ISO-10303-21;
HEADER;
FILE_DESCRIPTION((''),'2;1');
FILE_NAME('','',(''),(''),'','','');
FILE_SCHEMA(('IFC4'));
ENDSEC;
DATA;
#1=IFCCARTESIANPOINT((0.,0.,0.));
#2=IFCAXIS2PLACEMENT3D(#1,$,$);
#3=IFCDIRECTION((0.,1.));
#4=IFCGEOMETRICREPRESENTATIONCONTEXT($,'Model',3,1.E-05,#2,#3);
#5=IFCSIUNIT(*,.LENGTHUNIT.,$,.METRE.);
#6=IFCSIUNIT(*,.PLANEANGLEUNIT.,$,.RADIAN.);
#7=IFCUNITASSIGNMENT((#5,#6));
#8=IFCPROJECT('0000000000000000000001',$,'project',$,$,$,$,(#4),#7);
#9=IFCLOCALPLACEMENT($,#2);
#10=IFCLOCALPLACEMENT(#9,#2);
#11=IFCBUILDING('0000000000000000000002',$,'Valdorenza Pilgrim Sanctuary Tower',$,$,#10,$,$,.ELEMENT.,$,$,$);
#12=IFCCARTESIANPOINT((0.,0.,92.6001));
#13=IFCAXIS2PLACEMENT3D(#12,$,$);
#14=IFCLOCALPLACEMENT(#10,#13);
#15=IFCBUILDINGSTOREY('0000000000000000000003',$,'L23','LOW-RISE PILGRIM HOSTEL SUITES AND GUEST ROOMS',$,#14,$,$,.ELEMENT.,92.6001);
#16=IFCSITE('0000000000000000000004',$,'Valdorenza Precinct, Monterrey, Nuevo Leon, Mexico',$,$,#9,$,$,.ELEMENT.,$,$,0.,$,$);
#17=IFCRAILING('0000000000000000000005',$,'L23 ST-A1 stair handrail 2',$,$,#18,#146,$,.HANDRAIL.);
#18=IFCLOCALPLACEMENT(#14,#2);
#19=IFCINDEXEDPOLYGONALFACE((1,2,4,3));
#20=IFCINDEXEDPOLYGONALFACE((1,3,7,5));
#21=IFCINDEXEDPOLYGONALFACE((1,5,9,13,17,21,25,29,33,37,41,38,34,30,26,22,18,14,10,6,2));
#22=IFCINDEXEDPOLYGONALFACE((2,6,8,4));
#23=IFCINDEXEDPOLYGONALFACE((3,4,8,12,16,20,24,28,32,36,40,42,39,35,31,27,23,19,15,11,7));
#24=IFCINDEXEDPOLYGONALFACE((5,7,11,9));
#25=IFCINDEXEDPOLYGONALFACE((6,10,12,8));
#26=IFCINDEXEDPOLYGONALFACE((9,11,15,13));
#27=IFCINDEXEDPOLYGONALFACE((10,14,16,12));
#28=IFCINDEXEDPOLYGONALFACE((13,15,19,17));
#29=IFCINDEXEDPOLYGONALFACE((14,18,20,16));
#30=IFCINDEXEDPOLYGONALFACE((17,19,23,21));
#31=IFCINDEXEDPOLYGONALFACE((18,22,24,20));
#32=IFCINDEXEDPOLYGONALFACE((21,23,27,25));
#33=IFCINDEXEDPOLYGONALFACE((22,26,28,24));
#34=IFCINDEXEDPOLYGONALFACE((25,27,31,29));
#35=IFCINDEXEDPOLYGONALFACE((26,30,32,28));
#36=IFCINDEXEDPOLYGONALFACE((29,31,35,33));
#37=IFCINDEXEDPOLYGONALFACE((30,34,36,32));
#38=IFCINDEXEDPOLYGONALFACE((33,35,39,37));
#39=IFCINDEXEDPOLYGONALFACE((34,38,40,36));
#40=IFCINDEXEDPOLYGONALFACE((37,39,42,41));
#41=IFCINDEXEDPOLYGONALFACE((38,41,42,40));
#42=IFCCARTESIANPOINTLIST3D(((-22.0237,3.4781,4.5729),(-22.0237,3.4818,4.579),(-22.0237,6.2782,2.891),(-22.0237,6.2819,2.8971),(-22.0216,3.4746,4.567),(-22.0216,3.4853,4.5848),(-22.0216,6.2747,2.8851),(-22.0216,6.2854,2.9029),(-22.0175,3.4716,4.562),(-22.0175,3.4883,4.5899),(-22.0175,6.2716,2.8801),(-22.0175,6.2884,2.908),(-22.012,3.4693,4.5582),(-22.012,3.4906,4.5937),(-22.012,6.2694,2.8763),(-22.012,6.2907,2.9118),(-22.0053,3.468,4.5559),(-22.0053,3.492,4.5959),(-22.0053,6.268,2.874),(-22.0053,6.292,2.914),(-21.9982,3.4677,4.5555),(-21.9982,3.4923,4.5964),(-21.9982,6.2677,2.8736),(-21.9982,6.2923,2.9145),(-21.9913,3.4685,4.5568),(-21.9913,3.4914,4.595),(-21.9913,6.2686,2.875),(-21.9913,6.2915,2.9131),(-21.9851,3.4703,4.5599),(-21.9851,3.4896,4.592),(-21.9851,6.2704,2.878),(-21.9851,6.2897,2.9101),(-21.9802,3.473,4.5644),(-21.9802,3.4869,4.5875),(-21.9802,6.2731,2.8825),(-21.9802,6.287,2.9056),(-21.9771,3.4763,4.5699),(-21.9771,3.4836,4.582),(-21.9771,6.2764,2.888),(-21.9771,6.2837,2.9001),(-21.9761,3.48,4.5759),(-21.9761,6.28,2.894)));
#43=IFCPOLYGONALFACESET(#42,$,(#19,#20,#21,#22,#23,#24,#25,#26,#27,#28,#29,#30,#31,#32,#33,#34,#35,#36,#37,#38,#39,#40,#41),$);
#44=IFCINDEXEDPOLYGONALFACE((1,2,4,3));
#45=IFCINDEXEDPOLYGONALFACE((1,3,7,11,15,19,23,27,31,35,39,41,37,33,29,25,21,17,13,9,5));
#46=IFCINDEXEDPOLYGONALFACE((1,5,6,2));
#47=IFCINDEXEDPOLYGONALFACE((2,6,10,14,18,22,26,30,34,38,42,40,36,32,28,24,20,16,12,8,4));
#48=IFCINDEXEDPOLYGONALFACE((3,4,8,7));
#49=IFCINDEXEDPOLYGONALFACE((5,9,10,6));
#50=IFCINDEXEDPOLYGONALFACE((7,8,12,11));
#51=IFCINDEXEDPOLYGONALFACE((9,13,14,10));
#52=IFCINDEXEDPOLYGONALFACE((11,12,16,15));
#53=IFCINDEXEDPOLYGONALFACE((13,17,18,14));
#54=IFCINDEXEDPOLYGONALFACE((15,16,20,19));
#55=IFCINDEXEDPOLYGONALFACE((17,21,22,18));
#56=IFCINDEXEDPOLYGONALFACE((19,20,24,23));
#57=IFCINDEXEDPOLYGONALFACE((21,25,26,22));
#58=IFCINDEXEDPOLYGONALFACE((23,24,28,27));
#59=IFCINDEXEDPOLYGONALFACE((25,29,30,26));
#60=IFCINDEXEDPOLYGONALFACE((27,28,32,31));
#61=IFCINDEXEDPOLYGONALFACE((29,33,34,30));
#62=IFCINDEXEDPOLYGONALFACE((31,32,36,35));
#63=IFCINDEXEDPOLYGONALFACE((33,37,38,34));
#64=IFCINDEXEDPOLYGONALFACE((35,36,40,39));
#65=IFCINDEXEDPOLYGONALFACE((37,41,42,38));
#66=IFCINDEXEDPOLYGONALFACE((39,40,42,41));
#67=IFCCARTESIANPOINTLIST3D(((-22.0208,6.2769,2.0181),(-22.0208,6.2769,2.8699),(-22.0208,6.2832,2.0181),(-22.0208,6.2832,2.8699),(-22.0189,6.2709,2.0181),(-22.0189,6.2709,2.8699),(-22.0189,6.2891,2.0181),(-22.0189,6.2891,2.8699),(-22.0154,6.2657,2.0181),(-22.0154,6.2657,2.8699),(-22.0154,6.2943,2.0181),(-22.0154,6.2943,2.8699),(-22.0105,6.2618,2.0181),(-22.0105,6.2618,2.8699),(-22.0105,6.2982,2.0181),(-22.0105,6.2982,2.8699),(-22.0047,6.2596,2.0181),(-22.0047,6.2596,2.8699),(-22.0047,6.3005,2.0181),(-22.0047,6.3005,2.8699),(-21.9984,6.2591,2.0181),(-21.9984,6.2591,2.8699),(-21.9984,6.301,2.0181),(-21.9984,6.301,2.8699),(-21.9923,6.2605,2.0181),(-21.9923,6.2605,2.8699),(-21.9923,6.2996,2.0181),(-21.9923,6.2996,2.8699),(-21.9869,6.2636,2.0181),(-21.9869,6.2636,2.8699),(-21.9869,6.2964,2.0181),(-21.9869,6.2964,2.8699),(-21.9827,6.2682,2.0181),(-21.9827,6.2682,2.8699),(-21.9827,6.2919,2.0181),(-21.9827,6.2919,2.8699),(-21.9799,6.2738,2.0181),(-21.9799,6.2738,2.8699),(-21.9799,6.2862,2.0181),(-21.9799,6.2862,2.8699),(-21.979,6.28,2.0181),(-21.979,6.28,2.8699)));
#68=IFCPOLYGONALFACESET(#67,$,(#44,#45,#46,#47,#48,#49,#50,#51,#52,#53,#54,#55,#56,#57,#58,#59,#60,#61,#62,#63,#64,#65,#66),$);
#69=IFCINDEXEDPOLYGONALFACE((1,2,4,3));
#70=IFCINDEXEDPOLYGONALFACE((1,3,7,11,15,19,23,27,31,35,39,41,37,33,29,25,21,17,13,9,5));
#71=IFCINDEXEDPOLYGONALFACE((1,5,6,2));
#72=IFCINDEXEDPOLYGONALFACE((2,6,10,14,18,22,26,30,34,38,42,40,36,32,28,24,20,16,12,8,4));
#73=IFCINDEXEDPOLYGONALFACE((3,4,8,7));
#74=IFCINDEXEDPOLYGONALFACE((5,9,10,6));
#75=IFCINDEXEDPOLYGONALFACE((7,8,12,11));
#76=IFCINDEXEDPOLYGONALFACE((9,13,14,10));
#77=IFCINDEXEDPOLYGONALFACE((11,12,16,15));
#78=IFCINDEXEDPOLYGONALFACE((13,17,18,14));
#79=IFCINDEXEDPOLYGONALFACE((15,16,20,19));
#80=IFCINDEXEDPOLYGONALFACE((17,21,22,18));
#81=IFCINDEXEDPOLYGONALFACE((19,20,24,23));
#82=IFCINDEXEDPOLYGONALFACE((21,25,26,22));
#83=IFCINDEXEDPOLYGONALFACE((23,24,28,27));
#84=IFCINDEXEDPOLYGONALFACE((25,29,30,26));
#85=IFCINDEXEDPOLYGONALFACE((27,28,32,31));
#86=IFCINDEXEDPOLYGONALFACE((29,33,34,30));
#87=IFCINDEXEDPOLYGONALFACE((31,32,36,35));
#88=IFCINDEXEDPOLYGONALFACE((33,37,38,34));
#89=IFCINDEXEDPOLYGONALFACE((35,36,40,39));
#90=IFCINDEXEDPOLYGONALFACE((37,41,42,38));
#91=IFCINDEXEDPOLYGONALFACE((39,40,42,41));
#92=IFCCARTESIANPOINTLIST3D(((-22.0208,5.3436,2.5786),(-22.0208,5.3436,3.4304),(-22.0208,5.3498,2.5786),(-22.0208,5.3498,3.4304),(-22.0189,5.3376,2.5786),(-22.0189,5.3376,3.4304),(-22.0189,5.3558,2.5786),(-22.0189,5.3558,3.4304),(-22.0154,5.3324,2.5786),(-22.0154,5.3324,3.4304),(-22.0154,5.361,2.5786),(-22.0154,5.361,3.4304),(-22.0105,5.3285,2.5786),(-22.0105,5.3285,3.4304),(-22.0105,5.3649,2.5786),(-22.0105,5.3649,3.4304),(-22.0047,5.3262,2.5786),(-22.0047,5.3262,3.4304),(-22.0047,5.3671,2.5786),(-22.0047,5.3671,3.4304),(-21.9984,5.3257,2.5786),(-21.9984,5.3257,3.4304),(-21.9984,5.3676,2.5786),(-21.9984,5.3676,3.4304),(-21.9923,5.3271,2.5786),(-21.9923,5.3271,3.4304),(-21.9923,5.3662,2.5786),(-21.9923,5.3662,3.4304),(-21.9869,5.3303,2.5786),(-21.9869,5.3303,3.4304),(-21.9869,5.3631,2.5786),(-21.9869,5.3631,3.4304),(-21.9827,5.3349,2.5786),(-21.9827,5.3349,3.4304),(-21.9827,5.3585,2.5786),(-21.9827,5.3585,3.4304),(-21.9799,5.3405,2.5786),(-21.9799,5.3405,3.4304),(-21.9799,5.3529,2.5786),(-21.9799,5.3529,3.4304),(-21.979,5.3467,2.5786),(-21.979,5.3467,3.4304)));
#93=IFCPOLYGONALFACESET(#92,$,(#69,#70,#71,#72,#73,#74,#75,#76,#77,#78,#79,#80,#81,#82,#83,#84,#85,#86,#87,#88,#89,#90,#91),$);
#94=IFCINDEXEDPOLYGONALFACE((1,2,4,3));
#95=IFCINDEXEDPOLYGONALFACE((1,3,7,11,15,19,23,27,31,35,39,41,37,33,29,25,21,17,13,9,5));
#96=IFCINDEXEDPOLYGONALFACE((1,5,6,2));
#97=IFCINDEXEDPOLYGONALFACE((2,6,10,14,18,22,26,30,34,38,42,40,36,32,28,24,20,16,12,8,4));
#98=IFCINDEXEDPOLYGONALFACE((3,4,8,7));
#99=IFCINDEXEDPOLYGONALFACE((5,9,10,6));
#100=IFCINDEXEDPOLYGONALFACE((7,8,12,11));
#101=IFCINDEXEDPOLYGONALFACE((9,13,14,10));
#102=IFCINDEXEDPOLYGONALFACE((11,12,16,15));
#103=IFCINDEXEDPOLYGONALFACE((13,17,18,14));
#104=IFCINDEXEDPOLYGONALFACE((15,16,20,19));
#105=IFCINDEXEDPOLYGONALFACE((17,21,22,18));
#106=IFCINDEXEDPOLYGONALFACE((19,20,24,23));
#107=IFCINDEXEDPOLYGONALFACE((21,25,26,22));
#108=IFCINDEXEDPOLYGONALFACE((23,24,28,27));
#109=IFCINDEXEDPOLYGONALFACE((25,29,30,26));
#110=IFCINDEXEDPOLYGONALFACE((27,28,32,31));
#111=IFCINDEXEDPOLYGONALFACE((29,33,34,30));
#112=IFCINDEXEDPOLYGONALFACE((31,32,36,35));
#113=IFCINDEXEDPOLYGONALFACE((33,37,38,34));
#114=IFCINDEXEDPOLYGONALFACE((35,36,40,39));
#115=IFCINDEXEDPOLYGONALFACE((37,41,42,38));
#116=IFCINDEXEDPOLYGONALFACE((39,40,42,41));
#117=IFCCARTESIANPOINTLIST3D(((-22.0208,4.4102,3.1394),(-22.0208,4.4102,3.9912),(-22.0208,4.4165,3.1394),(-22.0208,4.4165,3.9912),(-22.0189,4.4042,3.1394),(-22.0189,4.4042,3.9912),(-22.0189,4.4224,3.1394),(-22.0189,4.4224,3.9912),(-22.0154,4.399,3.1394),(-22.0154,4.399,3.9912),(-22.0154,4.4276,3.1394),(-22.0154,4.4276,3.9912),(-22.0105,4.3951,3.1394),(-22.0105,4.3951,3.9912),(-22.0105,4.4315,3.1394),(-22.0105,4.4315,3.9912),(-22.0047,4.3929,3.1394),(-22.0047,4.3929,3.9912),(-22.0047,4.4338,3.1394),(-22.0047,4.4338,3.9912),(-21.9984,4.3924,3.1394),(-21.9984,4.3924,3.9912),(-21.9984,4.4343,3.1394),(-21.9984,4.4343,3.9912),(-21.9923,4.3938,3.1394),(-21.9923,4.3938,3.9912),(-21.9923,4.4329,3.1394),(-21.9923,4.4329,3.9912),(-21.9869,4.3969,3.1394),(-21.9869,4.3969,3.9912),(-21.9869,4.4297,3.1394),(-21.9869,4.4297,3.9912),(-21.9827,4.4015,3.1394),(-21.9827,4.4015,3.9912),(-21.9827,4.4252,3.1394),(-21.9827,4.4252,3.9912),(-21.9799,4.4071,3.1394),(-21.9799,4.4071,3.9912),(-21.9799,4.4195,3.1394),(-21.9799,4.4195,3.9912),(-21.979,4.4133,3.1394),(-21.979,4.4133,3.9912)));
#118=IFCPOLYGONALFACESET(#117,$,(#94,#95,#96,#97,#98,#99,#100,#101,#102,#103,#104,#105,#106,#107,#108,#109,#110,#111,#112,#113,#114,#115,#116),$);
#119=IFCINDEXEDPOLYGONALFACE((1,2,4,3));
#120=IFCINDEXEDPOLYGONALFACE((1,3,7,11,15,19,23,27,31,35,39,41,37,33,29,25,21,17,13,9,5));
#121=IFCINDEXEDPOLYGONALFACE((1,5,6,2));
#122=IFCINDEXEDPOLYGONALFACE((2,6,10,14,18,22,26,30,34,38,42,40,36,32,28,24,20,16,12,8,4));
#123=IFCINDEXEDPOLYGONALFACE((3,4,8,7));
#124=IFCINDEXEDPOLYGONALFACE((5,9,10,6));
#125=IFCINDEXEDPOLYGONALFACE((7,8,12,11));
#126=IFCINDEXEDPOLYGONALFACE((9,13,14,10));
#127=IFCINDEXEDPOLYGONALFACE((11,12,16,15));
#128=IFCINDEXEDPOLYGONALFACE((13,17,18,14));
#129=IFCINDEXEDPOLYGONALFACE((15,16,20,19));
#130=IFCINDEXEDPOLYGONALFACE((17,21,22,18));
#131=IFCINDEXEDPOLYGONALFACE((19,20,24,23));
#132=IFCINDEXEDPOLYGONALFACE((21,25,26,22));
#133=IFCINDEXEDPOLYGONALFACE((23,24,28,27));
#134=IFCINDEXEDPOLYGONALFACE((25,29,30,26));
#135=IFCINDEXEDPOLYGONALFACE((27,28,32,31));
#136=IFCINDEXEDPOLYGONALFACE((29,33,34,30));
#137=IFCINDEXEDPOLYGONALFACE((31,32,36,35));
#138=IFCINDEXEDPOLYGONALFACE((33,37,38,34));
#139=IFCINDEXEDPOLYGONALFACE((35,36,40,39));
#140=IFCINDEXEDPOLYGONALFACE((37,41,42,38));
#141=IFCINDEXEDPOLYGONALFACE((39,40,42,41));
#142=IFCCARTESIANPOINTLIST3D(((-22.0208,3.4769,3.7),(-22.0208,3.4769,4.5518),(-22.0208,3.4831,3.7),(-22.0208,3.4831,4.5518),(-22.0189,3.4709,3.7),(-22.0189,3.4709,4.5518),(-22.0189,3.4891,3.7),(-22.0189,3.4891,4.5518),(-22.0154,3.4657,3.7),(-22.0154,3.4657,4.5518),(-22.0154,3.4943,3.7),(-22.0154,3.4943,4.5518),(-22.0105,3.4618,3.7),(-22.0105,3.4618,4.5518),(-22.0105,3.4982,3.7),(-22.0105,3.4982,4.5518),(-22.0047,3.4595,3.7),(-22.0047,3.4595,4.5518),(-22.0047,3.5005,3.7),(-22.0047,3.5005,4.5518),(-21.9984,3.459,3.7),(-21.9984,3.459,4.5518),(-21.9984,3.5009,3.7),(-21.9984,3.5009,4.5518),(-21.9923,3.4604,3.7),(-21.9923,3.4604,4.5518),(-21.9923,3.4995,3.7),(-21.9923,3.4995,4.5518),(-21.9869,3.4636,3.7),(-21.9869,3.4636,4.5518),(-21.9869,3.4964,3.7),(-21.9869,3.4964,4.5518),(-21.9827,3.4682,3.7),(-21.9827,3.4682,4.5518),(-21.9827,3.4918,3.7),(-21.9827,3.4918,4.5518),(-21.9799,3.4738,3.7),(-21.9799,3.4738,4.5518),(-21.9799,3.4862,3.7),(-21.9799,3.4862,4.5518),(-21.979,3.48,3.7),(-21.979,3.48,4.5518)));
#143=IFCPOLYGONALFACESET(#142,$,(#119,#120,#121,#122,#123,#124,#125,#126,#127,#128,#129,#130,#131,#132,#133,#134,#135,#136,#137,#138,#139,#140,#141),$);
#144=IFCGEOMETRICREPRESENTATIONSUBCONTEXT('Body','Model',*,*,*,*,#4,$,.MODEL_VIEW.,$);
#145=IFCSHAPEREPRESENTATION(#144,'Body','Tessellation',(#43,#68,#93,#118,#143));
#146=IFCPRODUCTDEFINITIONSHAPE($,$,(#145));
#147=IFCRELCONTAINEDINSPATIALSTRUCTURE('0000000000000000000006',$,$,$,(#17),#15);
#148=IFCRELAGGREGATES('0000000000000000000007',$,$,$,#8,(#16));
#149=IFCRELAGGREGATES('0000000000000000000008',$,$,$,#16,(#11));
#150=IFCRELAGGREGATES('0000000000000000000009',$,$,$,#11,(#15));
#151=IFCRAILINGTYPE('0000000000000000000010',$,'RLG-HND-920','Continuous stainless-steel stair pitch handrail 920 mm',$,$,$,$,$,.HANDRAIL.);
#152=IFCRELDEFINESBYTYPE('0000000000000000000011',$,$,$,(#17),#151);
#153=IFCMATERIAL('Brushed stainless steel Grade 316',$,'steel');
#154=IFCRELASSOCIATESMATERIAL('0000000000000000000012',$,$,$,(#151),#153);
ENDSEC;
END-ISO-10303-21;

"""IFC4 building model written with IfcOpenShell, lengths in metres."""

from ifc_helpers import new_model, si_unit, direction, frame, origin, origin_2d, place, context, subcontext, project, spatial, circle, extrude, material, type_object, element, save


model = new_model("IFC4")

# Units and contexts
model_context = context("Model", 3, precision=1e-05, world=origin(), true_north=direction((0.0, 1.0)))
body_context = subcontext(model_context, "Body", "Model", "MODEL_VIEW")
ifc_project = project(units=[si_unit("LENGTHUNIT", "METRE"), si_unit("PLANEANGLEUNIT", "RADIAN")], contexts=[model_context])

# Site, building, storey
site_placement = place(None, origin())
site = spatial("IfcSite", under=ifc_project, at=site_placement, Name="Valdorenza Precinct, Monterrey, Nuevo Leon, Mexico", CompositionType="ELEMENT", RefElevation=0.0)
building_placement = place(site_placement, origin())
building = spatial("IfcBuilding", under=site, at=building_placement, Name="Valdorenza Pilgrim Sanctuary Tower", CompositionType="ELEMENT")
storey_placement = place(building_placement, frame((0.0, 0.0, 92.6001)))
storey = spatial("IfcBuildingStorey", under=building, at=storey_placement, Name="L23", Description="LOW-RISE PILGRIM HOSTEL SUITES AND GUEST ROOMS", CompositionType="ELEMENT", Elevation=92.6001)

# Railing
ifc_material_1 = material(Name="Brushed stainless steel Grade 316", Category="steel")
railing_type_1 = type_object("IfcRailingType", Name="RLG-HND-920", Description="Continuous stainless-steel stair pitch handrail 920 mm", PredefinedType="HANDRAIL", material=ifc_material_1)
railing_1_placement = place(storey_placement, frame((-22.0, 6.28, 2.0181)))
element("IfcRailing", 1, at=railing_1_placement, inside=storey, type_object=railing_type_1, Name="L23 ST-A1 stair handrail 2", PredefinedType="HANDRAIL", context=body_context, shape_type="SweptSolid", body=[
    extrude(circle(Radius=0.0239, at=origin_2d()), frame((0.0, 0.0, 0.876), z_axis=(0.0, -0.857242, 0.514913), x_axis=(1.0, 0.0, 0.0)), (0.0, 0.0, 1.0), 3.2664),
    extrude(circle(Radius=0.021, at=origin_2d()), origin(), (0.0, 0.0, 1.0), 0.8518),
    extrude(circle(Radius=0.021, at=origin_2d()), frame((0.0, -0.9333, 0.5605)), (0.0, 0.0, 1.0), 0.8518),
    extrude(circle(Radius=0.021, at=origin_2d()), frame((0.0, -1.8667, 1.1213)), (0.0, 0.0, 1.0), 0.8518),
    extrude(circle(Radius=0.021, at=origin_2d()), frame((0.0, -2.8, 1.6819)), (0.0, 0.0, 1.0), 0.8518),
])

save(model, "model.ifc")
